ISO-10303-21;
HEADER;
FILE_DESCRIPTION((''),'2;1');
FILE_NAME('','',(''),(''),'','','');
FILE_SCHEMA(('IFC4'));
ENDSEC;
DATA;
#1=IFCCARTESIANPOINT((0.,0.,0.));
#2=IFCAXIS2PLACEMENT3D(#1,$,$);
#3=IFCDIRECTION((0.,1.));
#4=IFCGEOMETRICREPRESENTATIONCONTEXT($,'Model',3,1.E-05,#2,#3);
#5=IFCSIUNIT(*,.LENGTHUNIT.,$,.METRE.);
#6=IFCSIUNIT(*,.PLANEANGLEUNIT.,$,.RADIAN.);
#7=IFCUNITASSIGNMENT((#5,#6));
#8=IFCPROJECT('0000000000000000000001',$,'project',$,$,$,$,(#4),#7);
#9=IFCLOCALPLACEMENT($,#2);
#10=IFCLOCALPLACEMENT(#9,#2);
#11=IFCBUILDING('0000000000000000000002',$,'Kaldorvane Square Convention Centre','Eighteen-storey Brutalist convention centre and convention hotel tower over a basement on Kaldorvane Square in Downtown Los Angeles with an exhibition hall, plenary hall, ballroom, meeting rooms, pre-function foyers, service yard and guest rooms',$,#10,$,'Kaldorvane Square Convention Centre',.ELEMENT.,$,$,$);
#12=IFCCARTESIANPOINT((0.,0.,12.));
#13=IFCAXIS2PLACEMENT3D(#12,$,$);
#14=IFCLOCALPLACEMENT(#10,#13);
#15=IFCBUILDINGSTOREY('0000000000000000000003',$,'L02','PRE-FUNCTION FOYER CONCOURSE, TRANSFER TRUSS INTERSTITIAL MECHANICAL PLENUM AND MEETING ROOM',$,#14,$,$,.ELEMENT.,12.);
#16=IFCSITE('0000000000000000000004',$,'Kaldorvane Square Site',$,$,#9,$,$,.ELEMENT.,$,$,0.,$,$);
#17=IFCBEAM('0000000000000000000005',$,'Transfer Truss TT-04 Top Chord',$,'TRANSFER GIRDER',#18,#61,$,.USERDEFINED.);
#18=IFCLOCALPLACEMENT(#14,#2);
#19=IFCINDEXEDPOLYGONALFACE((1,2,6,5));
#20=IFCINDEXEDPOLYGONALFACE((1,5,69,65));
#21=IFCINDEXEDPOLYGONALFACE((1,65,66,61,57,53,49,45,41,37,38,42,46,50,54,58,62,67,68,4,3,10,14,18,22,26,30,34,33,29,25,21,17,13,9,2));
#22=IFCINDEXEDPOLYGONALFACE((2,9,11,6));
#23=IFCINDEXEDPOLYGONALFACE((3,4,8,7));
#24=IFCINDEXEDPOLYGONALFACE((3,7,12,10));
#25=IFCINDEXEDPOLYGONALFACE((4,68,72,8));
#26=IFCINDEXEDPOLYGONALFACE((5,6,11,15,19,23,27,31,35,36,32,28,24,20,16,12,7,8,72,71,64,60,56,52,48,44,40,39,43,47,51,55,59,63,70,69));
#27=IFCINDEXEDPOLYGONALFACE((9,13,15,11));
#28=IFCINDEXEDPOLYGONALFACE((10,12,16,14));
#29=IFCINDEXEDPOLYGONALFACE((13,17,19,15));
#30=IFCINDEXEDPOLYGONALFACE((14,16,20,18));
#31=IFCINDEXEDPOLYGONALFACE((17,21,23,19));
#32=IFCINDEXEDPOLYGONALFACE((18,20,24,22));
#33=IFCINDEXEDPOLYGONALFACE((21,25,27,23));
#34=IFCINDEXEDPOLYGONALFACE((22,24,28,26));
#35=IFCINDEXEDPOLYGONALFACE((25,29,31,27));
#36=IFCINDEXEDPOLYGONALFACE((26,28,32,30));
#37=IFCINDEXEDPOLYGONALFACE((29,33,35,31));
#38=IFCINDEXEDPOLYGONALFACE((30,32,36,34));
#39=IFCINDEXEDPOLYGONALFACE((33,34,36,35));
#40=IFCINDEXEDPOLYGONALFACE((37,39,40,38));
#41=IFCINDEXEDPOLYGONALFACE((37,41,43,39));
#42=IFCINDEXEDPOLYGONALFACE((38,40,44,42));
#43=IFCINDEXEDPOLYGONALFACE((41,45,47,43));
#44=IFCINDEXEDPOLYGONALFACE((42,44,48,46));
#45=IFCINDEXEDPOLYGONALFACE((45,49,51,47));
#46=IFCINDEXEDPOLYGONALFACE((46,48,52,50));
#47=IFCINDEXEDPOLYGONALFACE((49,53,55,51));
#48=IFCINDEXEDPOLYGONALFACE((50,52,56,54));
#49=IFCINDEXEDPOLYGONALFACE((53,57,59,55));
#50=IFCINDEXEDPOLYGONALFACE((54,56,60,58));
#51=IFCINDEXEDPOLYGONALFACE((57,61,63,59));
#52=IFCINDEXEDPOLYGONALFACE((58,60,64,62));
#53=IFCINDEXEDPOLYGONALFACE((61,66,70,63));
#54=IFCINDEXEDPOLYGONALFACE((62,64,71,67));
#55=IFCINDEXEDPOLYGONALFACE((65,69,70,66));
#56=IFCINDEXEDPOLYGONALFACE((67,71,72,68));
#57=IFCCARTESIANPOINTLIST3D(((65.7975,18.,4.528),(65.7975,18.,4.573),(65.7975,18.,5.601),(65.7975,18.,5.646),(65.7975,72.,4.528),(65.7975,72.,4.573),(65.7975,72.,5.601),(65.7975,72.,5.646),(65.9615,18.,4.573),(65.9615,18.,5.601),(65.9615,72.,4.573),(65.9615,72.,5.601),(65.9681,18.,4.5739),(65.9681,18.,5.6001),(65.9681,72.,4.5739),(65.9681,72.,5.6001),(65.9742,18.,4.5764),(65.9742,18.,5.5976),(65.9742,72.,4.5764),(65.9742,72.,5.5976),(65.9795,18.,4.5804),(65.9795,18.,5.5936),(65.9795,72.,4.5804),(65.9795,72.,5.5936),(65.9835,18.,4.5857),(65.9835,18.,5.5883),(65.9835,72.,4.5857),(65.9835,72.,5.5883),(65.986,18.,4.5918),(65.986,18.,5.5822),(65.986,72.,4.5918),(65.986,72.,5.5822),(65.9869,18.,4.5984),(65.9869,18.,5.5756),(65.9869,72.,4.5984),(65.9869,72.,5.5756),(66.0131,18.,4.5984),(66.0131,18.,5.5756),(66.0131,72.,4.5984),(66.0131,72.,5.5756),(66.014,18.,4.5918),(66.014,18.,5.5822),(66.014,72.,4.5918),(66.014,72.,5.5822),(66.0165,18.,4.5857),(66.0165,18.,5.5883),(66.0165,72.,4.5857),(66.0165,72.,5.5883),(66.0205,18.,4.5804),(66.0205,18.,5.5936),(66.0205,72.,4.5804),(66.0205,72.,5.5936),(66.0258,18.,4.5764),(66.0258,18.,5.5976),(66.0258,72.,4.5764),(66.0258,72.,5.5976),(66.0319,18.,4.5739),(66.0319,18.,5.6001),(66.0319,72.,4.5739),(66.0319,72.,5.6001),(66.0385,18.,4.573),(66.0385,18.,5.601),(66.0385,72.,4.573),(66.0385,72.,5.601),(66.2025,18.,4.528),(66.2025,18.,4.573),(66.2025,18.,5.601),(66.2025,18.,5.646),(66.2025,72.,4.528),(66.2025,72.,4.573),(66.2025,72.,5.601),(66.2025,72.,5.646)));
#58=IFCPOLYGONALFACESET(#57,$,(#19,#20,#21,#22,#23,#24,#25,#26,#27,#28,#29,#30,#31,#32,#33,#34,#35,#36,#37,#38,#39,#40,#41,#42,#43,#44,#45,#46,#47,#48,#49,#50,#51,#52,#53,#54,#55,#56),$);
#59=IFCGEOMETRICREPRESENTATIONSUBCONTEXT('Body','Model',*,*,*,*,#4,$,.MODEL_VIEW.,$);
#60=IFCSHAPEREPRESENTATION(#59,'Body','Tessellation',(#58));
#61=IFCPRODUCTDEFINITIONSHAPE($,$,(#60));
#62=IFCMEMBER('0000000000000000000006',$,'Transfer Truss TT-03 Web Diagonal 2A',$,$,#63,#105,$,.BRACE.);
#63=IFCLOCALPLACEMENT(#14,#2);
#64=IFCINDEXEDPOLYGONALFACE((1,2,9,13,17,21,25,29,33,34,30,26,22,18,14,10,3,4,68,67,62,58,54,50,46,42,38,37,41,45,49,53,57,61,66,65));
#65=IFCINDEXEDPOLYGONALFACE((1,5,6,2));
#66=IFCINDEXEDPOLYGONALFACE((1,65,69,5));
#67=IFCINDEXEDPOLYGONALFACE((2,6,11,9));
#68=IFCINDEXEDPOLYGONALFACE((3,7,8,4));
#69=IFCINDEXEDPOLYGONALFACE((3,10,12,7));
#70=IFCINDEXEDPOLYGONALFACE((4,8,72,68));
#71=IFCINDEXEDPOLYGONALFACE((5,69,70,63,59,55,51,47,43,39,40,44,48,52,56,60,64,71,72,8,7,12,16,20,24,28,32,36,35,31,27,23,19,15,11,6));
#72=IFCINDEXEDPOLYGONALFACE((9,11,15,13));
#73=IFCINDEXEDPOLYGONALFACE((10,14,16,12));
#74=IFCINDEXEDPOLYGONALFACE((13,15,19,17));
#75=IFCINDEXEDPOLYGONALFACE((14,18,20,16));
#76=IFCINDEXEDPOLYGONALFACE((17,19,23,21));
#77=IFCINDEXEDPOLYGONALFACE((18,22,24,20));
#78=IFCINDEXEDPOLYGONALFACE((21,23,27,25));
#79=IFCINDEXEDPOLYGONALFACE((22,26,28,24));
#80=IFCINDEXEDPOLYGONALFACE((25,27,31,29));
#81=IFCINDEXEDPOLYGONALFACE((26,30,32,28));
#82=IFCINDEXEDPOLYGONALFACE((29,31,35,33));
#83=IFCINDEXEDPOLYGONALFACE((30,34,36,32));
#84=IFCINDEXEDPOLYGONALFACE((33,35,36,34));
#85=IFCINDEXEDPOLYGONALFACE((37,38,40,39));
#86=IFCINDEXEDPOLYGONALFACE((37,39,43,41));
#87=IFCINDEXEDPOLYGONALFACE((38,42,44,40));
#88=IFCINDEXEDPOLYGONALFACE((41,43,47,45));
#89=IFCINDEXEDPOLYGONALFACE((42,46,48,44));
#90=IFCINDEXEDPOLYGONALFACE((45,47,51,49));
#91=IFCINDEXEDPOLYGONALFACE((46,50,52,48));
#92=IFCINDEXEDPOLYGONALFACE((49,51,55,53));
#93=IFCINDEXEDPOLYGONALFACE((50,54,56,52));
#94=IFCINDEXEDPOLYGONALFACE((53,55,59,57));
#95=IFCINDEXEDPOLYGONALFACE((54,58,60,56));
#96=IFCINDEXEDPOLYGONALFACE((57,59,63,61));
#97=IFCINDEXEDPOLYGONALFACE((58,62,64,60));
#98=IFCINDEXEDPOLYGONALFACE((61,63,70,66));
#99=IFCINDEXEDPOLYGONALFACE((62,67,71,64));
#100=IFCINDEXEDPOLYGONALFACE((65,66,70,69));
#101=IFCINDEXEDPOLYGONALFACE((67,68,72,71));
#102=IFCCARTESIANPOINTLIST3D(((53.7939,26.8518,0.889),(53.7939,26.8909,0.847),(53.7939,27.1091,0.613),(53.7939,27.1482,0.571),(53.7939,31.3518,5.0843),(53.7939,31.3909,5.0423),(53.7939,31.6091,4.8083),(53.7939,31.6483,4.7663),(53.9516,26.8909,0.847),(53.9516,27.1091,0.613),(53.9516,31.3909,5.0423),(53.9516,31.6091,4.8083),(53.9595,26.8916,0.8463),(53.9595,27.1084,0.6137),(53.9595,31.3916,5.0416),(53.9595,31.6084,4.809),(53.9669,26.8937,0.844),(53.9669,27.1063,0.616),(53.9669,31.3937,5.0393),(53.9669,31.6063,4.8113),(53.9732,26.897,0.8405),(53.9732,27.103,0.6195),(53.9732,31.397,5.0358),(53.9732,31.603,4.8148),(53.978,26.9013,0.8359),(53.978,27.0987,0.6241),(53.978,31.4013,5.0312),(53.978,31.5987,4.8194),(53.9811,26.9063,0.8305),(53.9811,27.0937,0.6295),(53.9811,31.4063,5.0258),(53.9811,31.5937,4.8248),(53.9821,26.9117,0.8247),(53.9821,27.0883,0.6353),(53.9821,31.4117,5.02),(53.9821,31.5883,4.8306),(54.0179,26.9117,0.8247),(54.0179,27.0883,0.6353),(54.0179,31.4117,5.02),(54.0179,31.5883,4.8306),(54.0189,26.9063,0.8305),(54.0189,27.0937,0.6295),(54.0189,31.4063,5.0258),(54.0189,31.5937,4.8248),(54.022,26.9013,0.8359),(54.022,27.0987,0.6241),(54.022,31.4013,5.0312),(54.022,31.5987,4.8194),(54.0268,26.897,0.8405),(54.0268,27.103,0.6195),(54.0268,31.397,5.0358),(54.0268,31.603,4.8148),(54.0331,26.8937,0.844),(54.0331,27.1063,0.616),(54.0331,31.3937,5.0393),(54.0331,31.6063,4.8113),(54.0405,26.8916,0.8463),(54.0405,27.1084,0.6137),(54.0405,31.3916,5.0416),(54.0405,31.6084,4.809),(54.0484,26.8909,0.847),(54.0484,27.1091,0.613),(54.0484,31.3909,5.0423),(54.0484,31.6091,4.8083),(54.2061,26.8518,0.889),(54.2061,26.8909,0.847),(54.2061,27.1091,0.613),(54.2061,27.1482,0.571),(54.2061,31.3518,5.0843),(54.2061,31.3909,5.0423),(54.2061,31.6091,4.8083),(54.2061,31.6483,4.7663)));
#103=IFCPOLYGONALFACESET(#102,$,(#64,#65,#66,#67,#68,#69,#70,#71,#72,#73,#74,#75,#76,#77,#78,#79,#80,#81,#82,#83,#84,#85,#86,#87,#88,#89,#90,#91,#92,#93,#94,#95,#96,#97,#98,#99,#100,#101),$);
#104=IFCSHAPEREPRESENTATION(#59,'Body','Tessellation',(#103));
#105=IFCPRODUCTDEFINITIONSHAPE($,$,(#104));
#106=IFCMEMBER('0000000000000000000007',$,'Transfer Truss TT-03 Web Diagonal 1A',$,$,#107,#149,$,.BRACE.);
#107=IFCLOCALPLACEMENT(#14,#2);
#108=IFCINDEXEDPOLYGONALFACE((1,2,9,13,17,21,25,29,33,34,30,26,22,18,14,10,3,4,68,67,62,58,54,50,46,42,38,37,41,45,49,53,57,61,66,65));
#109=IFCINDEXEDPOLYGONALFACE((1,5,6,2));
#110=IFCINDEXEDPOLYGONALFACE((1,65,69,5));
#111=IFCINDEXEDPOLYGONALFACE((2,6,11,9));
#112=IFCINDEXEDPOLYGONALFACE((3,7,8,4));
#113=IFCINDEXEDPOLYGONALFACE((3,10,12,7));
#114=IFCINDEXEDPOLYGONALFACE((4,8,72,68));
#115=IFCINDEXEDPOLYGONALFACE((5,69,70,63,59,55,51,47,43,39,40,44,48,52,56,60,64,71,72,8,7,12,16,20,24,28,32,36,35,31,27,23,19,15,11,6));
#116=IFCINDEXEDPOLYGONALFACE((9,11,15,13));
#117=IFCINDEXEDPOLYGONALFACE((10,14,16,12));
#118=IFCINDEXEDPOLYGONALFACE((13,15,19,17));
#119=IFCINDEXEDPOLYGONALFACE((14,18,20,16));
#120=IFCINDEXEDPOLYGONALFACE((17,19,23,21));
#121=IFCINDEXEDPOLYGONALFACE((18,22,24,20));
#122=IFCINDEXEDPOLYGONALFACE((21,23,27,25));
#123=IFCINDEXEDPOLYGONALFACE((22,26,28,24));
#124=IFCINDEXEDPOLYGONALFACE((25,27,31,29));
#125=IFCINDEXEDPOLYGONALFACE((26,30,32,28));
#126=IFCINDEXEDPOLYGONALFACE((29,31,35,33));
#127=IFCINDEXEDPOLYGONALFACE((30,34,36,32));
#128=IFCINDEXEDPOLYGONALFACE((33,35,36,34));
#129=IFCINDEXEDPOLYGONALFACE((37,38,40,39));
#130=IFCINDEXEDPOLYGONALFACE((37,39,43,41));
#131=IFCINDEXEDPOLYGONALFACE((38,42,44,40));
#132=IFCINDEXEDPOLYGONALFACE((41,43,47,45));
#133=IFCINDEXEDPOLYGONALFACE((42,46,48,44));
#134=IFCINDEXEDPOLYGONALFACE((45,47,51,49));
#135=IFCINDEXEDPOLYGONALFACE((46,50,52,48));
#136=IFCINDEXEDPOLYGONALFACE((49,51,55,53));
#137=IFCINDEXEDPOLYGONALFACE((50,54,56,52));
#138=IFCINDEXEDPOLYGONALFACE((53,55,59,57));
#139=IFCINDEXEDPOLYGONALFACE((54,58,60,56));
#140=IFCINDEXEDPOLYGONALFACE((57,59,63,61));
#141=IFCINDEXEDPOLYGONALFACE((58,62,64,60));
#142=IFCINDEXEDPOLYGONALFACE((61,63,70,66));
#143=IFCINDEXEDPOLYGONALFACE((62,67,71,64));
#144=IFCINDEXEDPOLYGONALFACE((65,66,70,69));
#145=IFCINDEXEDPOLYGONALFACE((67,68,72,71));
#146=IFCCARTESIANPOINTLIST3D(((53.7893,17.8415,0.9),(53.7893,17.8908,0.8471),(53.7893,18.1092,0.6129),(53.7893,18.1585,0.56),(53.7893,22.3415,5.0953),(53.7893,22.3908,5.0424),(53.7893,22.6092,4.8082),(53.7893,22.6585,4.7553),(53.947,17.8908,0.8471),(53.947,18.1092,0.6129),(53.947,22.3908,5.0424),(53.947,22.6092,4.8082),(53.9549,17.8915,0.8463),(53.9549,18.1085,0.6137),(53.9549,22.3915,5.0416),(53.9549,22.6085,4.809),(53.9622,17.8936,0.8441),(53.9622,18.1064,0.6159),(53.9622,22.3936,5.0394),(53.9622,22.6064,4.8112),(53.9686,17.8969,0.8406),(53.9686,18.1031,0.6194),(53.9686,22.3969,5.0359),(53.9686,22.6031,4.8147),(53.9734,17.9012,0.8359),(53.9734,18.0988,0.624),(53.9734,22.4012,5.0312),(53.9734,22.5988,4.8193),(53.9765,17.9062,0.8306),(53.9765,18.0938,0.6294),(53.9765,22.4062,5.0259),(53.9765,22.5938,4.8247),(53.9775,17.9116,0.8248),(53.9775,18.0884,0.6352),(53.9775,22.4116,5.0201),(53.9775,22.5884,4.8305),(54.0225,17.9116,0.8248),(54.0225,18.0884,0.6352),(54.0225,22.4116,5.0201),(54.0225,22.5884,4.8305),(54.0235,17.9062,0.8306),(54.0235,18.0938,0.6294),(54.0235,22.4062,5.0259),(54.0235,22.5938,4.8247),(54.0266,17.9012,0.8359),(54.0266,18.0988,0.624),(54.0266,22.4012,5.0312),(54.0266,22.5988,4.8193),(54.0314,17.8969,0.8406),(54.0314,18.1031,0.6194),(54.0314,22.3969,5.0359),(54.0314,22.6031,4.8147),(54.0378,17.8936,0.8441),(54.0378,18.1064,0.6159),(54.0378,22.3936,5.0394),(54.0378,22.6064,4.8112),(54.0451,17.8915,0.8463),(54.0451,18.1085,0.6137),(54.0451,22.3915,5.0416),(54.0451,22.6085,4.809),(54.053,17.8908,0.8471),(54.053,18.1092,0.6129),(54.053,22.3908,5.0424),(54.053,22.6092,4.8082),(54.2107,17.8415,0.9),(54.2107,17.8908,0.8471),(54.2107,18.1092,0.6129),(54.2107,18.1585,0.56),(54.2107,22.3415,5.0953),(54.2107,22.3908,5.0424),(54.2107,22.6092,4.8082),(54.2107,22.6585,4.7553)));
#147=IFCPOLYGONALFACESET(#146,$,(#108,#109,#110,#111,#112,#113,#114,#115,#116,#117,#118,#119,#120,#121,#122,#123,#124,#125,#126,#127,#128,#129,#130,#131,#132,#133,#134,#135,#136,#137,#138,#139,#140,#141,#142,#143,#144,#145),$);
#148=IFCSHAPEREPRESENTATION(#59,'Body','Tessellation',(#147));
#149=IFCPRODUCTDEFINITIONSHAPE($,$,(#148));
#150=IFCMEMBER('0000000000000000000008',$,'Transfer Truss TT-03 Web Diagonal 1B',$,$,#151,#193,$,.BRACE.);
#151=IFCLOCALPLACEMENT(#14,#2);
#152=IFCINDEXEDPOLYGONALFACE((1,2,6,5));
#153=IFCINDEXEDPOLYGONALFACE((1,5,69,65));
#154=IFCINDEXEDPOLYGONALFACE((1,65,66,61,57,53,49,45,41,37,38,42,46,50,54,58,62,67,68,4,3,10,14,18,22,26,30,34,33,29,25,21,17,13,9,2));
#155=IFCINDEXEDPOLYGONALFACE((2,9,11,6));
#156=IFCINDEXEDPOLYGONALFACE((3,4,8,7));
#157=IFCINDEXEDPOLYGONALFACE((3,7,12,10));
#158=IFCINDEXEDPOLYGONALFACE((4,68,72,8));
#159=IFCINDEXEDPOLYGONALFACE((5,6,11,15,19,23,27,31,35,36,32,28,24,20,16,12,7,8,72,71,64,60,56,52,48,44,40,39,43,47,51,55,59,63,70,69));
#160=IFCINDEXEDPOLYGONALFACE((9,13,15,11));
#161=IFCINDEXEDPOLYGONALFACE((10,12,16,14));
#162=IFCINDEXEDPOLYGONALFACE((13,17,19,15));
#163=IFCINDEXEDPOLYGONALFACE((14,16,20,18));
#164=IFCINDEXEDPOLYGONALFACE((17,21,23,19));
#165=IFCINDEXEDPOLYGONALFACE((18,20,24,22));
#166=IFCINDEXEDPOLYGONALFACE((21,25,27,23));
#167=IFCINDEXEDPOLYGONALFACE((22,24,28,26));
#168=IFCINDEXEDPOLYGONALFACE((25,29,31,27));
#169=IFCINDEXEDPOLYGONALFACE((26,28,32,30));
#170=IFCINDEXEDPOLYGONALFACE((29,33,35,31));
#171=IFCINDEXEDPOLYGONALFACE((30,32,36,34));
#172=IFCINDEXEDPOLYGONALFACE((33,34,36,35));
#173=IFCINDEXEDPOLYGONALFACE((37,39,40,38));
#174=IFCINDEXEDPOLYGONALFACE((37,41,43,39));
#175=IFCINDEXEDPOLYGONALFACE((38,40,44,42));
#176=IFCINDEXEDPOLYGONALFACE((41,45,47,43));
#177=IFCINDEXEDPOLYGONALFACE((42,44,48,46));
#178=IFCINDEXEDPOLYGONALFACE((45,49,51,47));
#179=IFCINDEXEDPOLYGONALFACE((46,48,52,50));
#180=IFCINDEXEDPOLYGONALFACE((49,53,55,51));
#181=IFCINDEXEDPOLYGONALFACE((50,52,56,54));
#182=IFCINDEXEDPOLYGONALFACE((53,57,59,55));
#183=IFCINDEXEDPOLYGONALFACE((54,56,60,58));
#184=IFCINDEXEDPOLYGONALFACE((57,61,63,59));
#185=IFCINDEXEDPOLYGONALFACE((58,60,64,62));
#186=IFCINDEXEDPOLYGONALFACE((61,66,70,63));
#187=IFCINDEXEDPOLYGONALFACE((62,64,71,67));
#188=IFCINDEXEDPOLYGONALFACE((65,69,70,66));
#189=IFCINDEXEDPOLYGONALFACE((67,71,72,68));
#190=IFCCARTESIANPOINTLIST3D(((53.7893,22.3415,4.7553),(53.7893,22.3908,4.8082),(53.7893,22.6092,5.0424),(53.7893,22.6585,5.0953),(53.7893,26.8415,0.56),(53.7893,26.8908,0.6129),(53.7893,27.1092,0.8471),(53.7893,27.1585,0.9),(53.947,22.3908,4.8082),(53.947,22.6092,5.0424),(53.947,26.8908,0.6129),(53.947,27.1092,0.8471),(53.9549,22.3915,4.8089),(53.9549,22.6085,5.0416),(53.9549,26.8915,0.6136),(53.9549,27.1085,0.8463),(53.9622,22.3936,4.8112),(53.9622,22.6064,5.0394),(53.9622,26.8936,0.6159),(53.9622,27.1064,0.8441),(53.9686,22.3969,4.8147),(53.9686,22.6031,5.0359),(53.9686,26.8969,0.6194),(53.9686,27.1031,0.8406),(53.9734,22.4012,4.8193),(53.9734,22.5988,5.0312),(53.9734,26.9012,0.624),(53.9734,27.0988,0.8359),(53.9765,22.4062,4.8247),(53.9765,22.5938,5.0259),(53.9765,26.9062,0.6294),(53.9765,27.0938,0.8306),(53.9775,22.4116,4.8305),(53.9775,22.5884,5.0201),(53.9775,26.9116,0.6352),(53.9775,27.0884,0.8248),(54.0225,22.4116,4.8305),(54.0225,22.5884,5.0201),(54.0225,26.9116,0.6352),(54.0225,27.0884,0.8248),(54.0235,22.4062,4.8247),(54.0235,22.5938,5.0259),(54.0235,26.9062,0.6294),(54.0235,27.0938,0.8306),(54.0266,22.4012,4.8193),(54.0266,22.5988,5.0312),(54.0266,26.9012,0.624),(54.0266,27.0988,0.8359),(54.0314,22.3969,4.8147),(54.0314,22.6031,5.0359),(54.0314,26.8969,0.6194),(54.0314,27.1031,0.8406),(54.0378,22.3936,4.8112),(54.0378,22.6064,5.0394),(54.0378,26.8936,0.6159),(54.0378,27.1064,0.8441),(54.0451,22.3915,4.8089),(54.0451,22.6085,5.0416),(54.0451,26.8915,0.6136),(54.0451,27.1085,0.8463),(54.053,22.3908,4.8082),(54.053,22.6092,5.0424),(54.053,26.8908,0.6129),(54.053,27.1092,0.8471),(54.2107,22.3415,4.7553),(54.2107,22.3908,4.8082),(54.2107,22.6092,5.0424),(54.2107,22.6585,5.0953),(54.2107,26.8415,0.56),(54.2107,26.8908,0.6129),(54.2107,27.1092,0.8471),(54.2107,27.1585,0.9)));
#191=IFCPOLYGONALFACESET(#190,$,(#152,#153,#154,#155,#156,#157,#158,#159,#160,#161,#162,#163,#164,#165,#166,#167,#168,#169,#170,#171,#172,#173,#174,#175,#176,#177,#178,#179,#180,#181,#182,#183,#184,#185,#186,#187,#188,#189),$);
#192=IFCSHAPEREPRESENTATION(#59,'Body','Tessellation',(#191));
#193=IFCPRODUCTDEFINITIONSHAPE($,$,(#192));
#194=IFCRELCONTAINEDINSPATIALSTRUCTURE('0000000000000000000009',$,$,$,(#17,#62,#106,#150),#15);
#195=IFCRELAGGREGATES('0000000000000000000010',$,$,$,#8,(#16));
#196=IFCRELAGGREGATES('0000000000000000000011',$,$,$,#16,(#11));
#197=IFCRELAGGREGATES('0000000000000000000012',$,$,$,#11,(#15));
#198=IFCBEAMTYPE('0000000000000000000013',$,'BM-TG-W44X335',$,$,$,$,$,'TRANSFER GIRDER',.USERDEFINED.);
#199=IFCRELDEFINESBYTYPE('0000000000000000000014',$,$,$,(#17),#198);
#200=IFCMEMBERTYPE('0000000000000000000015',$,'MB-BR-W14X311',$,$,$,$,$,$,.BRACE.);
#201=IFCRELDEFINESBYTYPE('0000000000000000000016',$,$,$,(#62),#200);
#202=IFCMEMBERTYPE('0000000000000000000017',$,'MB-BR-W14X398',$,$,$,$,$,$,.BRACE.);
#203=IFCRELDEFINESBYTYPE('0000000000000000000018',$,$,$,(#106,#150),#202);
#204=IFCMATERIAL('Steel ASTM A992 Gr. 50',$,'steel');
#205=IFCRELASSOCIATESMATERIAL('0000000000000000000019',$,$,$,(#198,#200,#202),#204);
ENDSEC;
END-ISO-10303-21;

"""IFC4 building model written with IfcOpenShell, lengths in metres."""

from ifc_helpers import new_model, si_unit, direction, frame, origin, origin_2d, place, context, subcontext, project, spatial, i_section, extrude, material, material_profile, profile_set, type_object, element, save


model = new_model("IFC4")

# Units and contexts
model_context = context("Model", 3, precision=1e-05, world=origin(), true_north=direction((0.0, 1.0)))
body_context = subcontext(model_context, "Body", "Model", "MODEL_VIEW")
ifc_project = project(units=[si_unit("LENGTHUNIT", "METRE"), si_unit("PLANEANGLEUNIT", "RADIAN")], contexts=[model_context])

# Site, building, storey
site_placement = place(None, origin())
site = spatial("IfcSite", under=ifc_project, at=site_placement, Name="Kaldorvane Square Site", CompositionType="ELEMENT", RefElevation=0.0)
building_placement = place(site_placement, origin())
building = spatial("IfcBuilding", under=site, at=building_placement, Name="Kaldorvane Square Convention Centre", Description="Eighteen-storey Brutalist convention centre and convention hotel tower over a basement on Kaldorvane Square in Downtown Los Angeles with an exhibition hall, plenary hall, ballroom, meeting rooms, pre-function foyers, service yard and guest rooms", LongName="Kaldorvane Square Convention Centre", CompositionType="ELEMENT")
storey_placement = place(building_placement, frame((0.0, 0.0, 12.0)))
storey = spatial("IfcBuildingStorey", under=building, at=storey_placement, Name="L02", Description="PRE-FUNCTION FOYER CONCOURSE, TRANSFER TRUSS INTERSTITIAL MECHANICAL PLENUM AND MEETING ROOM", CompositionType="ELEMENT", Elevation=12.0)

# Shared definitions
ifc_material_1 = material(Name="Steel ASTM A992 Gr. 50", Category="steel")

# Beam
ifc_material_profile_1 = material_profile(ifc_material_1, i_section(OverallWidth=0.405, OverallDepth=1.118, WebThickness=0.0262, FlangeThickness=0.045, FilletRadius=0.0254, at=origin_2d()), Name="W44X335")
ifc_profile_set_1 = profile_set([ifc_material_profile_1], Name="Steel ASTM A992 Gr. 50")
beam_type_1 = type_object("IfcBeamType", Name="BM-TG-W44X335", ElementType="TRANSFER GIRDER", PredefinedType="USERDEFINED", material=ifc_profile_set_1)
for number, where, z_axis, x_axis, name in (
    (1, (66.0, 18.0, 5.087), (0.0, 1.0, 0.0), (-1.0, 0.0, 0.0), "Transfer Truss TT-04 Top Chord"),
):
    element("IfcBeam", number, at=place(storey_placement, frame(where, z_axis=z_axis, x_axis=x_axis)), inside=storey, type_object=beam_type_1, Name=name, ObjectType="TRANSFER GIRDER", PredefinedType="USERDEFINED", context=body_context, shape_type="SweptSolid", body=[
        extrude(i_section(OverallWidth=0.405, OverallDepth=1.118, WebThickness=0.0262, FlangeThickness=0.045, FilletRadius=0.0254, at=origin_2d()), origin(), (0.0, 0.0, 1.0), 54.0),
    ])

# Members
ifc_material_profile_2 = material_profile(ifc_material_1, i_section(OverallWidth=0.4122, OverallDepth=0.4348, WebThickness=0.0358, FlangeThickness=0.0574, FilletRadius=0.0305, at=origin_2d()), Name="W14X311")
ifc_profile_set_2 = profile_set([ifc_material_profile_2], Name="Steel ASTM A992 Gr. 50")
member_type_1 = type_object("IfcMemberType", Name="MB-BR-W14X311", PredefinedType="BRACE", material=ifc_profile_set_2)
member_1_placement = place(storey_placement, frame((54.0, 27.0, 0.73), z_axis=(0.0, 0.731436, 0.68191), x_axis=(-1.0, 0.0, 0.0)))
element("IfcMember", 2, at=member_1_placement, inside=storey, type_object=member_type_1, Name="Transfer Truss TT-03 Web Diagonal 2A", PredefinedType="BRACE", context=body_context, shape_type="SweptSolid", body=[
    extrude(i_section(OverallWidth=0.4122, OverallDepth=0.4348, WebThickness=0.0358, FlangeThickness=0.0574, FilletRadius=0.0305, at=origin_2d()), origin(), (0.0, 0.0, 1.0), 6.1523),
])
ifc_material_profile_3 = material_profile(ifc_material_1, i_section(OverallWidth=0.4214, OverallDepth=0.4648, WebThickness=0.045, FlangeThickness=0.0723, FilletRadius=0.0305, at=origin_2d()), Name="W14X398")
ifc_profile_set_3 = profile_set([ifc_material_profile_3], Name="Steel ASTM A992 Gr. 50")
member_type_2 = type_object("IfcMemberType", Name="MB-BR-W14X398", PredefinedType="BRACE", material=ifc_profile_set_3)
for number, where, z_axis, x_axis, name in (
    (3, (54.0, 18.0, 0.73), (0.0, 0.731436, 0.68191), (-1.0, 0.0, 0.0), "Transfer Truss TT-03 Web Diagonal 1A"),
    (4, (54.0, 22.5, 4.9253), (0.0, 0.731436, -0.68191), (-1.0, 0.0, 0.0), "Transfer Truss TT-03 Web Diagonal 1B"),
):
    element("IfcMember", number, at=place(storey_placement, frame(where, z_axis=z_axis, x_axis=x_axis)), inside=storey, type_object=member_type_2, Name=name, PredefinedType="BRACE", context=body_context, shape_type="SweptSolid", body=[
        extrude(i_section(OverallWidth=0.4214, OverallDepth=0.4648, WebThickness=0.045, FlangeThickness=0.0723, FilletRadius=0.0305, at=origin_2d()), origin(), (0.0, 0.0, 1.0), 6.1523),
    ])

save(model, "model.ifc")
